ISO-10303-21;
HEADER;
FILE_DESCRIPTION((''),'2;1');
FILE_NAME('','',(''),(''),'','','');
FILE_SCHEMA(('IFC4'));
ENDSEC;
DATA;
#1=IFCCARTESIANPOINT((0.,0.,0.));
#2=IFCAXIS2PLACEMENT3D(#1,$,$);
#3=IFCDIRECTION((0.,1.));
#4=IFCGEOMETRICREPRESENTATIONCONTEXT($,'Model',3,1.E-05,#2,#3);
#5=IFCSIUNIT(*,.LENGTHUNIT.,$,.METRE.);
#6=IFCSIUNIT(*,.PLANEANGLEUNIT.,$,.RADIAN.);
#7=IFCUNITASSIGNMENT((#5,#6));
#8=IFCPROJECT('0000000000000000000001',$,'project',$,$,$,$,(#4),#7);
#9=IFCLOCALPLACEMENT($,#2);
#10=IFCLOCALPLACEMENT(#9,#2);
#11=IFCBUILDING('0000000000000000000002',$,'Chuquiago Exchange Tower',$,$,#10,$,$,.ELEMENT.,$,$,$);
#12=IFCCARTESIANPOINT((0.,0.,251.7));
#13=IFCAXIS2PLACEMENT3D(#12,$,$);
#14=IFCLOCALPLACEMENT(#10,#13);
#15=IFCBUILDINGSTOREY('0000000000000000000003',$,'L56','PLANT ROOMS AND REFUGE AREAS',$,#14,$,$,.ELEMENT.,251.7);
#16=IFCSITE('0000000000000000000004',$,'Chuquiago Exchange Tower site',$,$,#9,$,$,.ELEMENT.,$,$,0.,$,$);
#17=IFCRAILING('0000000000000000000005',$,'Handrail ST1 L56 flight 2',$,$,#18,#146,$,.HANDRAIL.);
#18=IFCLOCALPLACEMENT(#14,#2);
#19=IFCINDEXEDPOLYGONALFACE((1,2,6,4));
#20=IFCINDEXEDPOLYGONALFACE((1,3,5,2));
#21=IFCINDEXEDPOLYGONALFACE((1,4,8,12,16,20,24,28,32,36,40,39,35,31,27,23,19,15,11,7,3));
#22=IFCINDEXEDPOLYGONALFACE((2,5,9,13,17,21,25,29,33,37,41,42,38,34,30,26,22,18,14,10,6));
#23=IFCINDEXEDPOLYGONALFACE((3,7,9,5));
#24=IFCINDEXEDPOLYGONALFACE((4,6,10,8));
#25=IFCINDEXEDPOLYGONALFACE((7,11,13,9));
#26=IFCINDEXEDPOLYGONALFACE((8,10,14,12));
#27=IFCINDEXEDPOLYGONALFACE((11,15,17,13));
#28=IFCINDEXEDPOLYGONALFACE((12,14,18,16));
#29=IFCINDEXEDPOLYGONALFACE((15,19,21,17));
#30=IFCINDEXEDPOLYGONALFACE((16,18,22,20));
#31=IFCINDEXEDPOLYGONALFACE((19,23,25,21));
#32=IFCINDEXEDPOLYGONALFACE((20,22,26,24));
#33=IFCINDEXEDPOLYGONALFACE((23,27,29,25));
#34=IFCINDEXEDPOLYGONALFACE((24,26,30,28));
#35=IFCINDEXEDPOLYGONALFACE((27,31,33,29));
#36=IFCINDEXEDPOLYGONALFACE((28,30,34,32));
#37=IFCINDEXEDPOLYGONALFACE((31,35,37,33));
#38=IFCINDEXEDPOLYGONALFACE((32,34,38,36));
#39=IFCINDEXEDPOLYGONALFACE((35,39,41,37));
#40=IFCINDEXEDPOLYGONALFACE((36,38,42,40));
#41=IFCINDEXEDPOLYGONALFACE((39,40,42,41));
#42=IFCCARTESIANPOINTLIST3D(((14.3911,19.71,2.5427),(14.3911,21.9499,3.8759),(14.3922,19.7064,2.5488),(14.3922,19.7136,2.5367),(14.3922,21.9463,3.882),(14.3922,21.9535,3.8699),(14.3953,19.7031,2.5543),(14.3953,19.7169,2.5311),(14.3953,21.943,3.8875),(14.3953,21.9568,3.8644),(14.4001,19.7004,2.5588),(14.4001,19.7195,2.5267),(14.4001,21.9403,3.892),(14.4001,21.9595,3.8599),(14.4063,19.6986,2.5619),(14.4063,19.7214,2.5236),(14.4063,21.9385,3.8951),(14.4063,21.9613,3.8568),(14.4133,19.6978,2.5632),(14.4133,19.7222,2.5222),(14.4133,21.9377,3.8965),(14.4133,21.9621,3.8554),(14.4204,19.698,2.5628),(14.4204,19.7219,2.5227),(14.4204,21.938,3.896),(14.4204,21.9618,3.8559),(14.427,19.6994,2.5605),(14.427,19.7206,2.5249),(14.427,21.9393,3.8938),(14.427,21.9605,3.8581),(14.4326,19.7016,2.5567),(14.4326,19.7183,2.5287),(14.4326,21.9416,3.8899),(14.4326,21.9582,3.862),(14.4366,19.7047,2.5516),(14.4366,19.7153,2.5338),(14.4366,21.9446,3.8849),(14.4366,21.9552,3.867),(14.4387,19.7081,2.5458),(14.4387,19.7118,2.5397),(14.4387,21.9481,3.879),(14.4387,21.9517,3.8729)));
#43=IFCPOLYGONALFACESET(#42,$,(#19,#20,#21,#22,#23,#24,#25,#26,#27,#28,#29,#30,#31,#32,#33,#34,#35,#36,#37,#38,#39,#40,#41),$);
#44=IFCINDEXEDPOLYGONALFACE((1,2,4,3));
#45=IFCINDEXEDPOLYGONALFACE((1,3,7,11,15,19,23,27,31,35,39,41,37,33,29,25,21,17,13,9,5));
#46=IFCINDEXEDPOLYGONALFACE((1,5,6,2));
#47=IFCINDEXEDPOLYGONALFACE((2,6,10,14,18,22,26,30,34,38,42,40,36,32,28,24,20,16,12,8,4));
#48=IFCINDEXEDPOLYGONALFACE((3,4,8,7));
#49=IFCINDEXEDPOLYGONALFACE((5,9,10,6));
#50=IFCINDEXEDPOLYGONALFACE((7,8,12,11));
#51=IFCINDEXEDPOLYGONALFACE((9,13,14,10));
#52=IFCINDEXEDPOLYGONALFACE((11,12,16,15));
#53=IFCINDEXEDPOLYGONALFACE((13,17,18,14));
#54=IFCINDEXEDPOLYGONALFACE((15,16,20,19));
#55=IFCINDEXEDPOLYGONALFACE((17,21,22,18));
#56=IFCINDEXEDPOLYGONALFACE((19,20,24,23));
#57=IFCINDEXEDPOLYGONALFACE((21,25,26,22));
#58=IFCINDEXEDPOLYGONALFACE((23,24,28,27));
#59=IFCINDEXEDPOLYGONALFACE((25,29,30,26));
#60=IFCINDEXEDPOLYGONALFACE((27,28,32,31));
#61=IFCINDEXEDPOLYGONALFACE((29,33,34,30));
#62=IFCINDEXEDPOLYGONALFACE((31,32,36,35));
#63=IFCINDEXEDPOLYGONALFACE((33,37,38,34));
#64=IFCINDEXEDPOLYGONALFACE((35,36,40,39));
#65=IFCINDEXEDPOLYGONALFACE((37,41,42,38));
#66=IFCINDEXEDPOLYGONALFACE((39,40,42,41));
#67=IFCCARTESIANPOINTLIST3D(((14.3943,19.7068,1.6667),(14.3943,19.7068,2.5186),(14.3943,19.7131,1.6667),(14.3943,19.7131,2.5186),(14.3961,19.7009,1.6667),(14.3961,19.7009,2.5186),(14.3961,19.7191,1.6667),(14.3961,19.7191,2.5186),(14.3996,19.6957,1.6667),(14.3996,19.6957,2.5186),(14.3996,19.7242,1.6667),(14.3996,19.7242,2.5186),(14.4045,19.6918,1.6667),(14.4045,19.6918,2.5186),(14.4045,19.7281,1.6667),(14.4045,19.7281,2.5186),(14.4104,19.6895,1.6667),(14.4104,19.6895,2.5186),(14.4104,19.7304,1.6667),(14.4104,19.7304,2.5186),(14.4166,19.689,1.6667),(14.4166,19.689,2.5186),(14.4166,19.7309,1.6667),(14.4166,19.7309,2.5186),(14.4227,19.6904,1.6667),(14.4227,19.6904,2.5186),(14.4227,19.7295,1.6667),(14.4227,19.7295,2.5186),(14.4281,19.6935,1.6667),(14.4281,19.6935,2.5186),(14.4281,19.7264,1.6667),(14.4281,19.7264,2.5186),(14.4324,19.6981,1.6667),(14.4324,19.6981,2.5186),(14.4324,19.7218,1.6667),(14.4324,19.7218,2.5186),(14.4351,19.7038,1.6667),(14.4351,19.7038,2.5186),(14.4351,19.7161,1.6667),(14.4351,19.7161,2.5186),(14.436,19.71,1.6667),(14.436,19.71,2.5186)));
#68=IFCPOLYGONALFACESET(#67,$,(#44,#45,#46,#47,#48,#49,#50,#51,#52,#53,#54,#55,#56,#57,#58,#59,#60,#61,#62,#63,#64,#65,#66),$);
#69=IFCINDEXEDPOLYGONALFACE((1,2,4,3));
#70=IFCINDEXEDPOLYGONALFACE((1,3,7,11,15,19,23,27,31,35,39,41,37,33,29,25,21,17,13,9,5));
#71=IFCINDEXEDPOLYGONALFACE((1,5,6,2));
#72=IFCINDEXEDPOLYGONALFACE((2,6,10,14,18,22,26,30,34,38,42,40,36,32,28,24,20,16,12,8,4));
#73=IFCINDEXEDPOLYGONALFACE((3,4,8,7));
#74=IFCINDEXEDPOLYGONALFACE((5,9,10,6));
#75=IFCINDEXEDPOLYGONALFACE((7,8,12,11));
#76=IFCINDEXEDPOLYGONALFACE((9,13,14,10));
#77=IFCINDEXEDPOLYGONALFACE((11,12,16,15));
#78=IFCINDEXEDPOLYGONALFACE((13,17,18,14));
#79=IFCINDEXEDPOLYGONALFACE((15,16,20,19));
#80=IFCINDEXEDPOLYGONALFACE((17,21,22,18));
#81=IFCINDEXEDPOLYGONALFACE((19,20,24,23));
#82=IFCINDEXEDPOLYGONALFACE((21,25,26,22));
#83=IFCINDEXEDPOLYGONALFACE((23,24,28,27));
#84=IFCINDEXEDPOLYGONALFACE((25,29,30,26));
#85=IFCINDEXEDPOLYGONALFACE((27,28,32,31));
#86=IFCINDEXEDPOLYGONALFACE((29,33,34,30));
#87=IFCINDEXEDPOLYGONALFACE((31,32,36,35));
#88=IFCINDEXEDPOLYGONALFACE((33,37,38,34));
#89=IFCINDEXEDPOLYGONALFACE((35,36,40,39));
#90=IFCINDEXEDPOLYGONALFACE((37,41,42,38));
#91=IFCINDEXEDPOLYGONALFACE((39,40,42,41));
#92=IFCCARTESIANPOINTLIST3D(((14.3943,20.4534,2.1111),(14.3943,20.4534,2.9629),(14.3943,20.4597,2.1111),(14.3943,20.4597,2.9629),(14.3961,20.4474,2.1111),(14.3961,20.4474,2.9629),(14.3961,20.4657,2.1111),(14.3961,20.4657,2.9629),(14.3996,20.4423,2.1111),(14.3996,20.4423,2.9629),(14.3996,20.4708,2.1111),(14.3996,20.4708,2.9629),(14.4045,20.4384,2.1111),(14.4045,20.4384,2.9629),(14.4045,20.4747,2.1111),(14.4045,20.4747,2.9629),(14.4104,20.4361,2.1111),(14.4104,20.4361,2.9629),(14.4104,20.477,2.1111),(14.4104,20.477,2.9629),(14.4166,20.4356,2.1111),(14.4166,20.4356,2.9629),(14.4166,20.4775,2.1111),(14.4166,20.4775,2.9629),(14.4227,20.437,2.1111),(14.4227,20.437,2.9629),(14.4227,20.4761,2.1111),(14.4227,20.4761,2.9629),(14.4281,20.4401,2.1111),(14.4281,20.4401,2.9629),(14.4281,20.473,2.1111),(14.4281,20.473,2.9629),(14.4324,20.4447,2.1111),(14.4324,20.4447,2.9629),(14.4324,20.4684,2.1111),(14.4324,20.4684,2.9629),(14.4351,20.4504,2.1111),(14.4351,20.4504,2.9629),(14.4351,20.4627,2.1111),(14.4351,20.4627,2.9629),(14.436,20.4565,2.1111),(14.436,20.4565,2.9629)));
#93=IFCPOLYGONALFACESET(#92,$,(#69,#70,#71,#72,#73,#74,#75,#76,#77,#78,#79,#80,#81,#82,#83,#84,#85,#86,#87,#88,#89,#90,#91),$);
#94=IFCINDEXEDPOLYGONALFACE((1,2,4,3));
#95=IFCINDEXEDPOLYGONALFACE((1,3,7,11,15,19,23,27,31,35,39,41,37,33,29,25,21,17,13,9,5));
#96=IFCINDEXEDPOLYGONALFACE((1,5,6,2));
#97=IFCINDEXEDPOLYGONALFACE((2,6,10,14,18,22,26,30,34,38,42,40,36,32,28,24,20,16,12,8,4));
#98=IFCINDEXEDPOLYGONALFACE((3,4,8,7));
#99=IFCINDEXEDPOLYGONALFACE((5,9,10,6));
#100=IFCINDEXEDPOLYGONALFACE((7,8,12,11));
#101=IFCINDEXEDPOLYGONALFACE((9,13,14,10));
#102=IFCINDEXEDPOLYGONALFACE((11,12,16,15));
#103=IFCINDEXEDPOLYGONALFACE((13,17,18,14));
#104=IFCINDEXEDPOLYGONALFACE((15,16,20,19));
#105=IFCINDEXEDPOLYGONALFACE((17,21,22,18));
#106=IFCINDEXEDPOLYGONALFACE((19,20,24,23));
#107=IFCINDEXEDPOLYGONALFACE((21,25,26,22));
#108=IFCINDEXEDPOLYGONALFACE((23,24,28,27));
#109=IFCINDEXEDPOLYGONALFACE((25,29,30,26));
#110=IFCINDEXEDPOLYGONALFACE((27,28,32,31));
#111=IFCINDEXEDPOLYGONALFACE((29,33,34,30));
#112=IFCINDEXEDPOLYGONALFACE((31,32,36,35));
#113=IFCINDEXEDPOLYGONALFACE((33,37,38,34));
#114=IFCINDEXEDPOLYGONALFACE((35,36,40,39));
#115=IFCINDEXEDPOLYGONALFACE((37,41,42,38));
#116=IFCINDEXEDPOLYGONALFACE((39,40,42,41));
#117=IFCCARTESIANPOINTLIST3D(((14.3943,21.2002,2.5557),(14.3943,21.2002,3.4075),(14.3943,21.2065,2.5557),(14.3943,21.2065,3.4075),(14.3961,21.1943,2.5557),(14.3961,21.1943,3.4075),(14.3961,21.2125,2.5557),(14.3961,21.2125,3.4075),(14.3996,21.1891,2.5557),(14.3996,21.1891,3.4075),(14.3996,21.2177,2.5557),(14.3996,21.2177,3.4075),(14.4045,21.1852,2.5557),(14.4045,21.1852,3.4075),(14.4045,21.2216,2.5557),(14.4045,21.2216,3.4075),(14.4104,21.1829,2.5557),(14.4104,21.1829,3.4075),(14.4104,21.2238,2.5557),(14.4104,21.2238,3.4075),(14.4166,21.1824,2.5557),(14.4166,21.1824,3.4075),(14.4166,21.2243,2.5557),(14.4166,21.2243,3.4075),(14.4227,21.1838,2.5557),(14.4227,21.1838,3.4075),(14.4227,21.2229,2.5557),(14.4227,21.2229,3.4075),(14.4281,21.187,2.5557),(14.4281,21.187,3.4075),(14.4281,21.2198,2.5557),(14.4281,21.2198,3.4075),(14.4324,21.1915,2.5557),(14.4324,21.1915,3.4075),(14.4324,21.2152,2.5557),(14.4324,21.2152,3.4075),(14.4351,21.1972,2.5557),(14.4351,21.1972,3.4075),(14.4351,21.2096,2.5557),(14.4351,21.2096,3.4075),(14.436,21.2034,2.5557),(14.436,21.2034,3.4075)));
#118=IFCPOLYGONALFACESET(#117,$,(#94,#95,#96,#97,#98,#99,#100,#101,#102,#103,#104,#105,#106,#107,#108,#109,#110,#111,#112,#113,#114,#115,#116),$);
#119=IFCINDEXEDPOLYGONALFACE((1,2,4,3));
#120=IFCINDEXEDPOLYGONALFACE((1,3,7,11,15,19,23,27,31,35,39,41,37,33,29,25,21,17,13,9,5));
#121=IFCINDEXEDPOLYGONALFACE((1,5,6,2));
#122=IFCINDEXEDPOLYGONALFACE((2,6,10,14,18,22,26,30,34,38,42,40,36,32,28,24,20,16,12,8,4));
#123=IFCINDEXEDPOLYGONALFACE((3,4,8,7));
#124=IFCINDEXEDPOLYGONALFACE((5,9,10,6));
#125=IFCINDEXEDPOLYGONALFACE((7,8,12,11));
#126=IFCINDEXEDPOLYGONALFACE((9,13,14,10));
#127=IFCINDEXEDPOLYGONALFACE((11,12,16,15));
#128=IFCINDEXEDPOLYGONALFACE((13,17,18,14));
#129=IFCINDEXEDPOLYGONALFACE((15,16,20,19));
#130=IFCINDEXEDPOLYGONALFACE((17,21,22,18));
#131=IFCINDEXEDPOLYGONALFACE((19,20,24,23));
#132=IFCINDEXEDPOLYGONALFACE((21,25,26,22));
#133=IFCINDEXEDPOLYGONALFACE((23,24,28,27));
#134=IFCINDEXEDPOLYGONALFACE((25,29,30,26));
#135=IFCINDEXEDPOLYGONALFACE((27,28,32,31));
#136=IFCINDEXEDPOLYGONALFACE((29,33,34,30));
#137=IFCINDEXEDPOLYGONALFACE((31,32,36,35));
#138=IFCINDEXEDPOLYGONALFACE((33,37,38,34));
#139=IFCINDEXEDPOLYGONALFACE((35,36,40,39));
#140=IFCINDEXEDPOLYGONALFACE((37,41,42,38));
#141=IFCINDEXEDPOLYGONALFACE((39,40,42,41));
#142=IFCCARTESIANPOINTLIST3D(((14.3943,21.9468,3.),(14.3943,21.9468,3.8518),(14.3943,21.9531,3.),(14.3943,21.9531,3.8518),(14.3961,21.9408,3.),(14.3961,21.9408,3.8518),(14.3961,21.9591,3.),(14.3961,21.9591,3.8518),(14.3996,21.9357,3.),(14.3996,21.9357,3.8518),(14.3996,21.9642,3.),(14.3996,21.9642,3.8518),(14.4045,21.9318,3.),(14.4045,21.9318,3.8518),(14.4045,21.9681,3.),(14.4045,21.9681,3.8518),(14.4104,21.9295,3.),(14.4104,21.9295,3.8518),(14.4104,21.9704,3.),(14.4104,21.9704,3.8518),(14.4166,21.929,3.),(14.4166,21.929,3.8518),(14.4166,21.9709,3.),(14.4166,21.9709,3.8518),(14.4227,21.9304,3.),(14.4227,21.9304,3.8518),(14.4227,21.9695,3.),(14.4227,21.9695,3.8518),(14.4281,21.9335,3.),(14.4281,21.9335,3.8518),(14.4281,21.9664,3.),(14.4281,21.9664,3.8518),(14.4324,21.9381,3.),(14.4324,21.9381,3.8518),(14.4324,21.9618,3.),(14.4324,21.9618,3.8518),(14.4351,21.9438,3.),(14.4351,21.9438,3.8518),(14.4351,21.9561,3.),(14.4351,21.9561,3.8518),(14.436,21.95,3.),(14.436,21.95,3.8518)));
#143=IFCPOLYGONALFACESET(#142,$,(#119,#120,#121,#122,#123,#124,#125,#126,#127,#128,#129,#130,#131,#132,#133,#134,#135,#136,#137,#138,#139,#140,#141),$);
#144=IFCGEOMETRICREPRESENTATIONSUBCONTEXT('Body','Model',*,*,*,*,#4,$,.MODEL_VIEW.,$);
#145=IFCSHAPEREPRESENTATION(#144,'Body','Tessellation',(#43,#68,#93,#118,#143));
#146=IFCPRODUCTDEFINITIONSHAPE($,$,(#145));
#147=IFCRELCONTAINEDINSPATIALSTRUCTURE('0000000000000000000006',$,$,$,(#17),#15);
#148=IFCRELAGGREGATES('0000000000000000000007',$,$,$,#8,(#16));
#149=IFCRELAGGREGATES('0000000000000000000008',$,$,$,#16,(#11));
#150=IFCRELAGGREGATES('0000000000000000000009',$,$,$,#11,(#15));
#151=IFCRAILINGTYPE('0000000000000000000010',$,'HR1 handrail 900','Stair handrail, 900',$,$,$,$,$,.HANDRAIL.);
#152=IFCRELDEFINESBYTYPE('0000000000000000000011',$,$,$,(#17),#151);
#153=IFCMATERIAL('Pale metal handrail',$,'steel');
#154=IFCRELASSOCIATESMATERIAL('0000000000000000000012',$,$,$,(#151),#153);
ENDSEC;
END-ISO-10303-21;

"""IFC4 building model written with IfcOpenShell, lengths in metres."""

from ifc_helpers import new_model, si_unit, direction, frame, origin, origin_2d, place, context, subcontext, project, spatial, circle, extrude, material, type_object, element, save


model = new_model("IFC4")

# Units and contexts
model_context = context("Model", 3, precision=1e-05, world=origin(), true_north=direction((0.0, 1.0)))
body_context = subcontext(model_context, "Body", "Model", "MODEL_VIEW")
ifc_project = project(units=[si_unit("LENGTHUNIT", "METRE"), si_unit("PLANEANGLEUNIT", "RADIAN")], contexts=[model_context])

# Site, building, storey
site_placement = place(None, origin())
site = spatial("IfcSite", under=ifc_project, at=site_placement, Name="Chuquiago Exchange Tower site", CompositionType="ELEMENT", RefElevation=0.0)
building_placement = place(site_placement, origin())
building = spatial("IfcBuilding", under=site, at=building_placement, Name="Chuquiago Exchange Tower", CompositionType="ELEMENT")
storey_placement = place(building_placement, frame((0.0, 0.0, 251.7)))
storey = spatial("IfcBuildingStorey", under=building, at=storey_placement, Name="L56", Description="PLANT ROOMS AND REFUGE AREAS", CompositionType="ELEMENT", Elevation=251.7)

# Railing
ifc_material_1 = material(Name="Pale metal handrail", Category="steel")
railing_type_1 = type_object("IfcRailingType", Name="HR1 handrail 900", Description="Stair handrail, 900", PredefinedType="HANDRAIL", material=ifc_material_1)
for number, where, name in (
    (1, (14.415, 19.71, 1.6667), "Handrail ST1 L56 flight 2"),
):
    element("IfcRailing", number, at=place(storey_placement, frame(where)), inside=storey, type_object=railing_type_1, Name=name, PredefinedType="HANDRAIL", context=body_context, shape_type="SweptSolid", body=[
        extrude(circle(Radius=0.0239, at=origin_2d()), frame((0.0, 0.0, 0.876), z_axis=(0.0, 0.859306, 0.511462), x_axis=(-1.0, 0.0, 0.0)), (0.0, 0.0, 1.0), 2.6067),
        extrude(circle(Radius=0.021, at=origin_2d()), origin(), (0.0, 0.0, 1.0), 0.8518),
        extrude(circle(Radius=0.021, at=origin_2d()), frame((0.0, 0.7466, 0.4443)), (0.0, 0.0, 1.0), 0.8518),
        extrude(circle(Radius=0.021, at=origin_2d()), frame((0.0, 1.4934, 0.8889)), (0.0, 0.0, 1.0), 0.8518),
        extrude(circle(Radius=0.021, at=origin_2d()), frame((0.0, 2.24, 1.3333)), (0.0, 0.0, 1.0), 0.8518),
    ])

save(model, "model.ifc")
